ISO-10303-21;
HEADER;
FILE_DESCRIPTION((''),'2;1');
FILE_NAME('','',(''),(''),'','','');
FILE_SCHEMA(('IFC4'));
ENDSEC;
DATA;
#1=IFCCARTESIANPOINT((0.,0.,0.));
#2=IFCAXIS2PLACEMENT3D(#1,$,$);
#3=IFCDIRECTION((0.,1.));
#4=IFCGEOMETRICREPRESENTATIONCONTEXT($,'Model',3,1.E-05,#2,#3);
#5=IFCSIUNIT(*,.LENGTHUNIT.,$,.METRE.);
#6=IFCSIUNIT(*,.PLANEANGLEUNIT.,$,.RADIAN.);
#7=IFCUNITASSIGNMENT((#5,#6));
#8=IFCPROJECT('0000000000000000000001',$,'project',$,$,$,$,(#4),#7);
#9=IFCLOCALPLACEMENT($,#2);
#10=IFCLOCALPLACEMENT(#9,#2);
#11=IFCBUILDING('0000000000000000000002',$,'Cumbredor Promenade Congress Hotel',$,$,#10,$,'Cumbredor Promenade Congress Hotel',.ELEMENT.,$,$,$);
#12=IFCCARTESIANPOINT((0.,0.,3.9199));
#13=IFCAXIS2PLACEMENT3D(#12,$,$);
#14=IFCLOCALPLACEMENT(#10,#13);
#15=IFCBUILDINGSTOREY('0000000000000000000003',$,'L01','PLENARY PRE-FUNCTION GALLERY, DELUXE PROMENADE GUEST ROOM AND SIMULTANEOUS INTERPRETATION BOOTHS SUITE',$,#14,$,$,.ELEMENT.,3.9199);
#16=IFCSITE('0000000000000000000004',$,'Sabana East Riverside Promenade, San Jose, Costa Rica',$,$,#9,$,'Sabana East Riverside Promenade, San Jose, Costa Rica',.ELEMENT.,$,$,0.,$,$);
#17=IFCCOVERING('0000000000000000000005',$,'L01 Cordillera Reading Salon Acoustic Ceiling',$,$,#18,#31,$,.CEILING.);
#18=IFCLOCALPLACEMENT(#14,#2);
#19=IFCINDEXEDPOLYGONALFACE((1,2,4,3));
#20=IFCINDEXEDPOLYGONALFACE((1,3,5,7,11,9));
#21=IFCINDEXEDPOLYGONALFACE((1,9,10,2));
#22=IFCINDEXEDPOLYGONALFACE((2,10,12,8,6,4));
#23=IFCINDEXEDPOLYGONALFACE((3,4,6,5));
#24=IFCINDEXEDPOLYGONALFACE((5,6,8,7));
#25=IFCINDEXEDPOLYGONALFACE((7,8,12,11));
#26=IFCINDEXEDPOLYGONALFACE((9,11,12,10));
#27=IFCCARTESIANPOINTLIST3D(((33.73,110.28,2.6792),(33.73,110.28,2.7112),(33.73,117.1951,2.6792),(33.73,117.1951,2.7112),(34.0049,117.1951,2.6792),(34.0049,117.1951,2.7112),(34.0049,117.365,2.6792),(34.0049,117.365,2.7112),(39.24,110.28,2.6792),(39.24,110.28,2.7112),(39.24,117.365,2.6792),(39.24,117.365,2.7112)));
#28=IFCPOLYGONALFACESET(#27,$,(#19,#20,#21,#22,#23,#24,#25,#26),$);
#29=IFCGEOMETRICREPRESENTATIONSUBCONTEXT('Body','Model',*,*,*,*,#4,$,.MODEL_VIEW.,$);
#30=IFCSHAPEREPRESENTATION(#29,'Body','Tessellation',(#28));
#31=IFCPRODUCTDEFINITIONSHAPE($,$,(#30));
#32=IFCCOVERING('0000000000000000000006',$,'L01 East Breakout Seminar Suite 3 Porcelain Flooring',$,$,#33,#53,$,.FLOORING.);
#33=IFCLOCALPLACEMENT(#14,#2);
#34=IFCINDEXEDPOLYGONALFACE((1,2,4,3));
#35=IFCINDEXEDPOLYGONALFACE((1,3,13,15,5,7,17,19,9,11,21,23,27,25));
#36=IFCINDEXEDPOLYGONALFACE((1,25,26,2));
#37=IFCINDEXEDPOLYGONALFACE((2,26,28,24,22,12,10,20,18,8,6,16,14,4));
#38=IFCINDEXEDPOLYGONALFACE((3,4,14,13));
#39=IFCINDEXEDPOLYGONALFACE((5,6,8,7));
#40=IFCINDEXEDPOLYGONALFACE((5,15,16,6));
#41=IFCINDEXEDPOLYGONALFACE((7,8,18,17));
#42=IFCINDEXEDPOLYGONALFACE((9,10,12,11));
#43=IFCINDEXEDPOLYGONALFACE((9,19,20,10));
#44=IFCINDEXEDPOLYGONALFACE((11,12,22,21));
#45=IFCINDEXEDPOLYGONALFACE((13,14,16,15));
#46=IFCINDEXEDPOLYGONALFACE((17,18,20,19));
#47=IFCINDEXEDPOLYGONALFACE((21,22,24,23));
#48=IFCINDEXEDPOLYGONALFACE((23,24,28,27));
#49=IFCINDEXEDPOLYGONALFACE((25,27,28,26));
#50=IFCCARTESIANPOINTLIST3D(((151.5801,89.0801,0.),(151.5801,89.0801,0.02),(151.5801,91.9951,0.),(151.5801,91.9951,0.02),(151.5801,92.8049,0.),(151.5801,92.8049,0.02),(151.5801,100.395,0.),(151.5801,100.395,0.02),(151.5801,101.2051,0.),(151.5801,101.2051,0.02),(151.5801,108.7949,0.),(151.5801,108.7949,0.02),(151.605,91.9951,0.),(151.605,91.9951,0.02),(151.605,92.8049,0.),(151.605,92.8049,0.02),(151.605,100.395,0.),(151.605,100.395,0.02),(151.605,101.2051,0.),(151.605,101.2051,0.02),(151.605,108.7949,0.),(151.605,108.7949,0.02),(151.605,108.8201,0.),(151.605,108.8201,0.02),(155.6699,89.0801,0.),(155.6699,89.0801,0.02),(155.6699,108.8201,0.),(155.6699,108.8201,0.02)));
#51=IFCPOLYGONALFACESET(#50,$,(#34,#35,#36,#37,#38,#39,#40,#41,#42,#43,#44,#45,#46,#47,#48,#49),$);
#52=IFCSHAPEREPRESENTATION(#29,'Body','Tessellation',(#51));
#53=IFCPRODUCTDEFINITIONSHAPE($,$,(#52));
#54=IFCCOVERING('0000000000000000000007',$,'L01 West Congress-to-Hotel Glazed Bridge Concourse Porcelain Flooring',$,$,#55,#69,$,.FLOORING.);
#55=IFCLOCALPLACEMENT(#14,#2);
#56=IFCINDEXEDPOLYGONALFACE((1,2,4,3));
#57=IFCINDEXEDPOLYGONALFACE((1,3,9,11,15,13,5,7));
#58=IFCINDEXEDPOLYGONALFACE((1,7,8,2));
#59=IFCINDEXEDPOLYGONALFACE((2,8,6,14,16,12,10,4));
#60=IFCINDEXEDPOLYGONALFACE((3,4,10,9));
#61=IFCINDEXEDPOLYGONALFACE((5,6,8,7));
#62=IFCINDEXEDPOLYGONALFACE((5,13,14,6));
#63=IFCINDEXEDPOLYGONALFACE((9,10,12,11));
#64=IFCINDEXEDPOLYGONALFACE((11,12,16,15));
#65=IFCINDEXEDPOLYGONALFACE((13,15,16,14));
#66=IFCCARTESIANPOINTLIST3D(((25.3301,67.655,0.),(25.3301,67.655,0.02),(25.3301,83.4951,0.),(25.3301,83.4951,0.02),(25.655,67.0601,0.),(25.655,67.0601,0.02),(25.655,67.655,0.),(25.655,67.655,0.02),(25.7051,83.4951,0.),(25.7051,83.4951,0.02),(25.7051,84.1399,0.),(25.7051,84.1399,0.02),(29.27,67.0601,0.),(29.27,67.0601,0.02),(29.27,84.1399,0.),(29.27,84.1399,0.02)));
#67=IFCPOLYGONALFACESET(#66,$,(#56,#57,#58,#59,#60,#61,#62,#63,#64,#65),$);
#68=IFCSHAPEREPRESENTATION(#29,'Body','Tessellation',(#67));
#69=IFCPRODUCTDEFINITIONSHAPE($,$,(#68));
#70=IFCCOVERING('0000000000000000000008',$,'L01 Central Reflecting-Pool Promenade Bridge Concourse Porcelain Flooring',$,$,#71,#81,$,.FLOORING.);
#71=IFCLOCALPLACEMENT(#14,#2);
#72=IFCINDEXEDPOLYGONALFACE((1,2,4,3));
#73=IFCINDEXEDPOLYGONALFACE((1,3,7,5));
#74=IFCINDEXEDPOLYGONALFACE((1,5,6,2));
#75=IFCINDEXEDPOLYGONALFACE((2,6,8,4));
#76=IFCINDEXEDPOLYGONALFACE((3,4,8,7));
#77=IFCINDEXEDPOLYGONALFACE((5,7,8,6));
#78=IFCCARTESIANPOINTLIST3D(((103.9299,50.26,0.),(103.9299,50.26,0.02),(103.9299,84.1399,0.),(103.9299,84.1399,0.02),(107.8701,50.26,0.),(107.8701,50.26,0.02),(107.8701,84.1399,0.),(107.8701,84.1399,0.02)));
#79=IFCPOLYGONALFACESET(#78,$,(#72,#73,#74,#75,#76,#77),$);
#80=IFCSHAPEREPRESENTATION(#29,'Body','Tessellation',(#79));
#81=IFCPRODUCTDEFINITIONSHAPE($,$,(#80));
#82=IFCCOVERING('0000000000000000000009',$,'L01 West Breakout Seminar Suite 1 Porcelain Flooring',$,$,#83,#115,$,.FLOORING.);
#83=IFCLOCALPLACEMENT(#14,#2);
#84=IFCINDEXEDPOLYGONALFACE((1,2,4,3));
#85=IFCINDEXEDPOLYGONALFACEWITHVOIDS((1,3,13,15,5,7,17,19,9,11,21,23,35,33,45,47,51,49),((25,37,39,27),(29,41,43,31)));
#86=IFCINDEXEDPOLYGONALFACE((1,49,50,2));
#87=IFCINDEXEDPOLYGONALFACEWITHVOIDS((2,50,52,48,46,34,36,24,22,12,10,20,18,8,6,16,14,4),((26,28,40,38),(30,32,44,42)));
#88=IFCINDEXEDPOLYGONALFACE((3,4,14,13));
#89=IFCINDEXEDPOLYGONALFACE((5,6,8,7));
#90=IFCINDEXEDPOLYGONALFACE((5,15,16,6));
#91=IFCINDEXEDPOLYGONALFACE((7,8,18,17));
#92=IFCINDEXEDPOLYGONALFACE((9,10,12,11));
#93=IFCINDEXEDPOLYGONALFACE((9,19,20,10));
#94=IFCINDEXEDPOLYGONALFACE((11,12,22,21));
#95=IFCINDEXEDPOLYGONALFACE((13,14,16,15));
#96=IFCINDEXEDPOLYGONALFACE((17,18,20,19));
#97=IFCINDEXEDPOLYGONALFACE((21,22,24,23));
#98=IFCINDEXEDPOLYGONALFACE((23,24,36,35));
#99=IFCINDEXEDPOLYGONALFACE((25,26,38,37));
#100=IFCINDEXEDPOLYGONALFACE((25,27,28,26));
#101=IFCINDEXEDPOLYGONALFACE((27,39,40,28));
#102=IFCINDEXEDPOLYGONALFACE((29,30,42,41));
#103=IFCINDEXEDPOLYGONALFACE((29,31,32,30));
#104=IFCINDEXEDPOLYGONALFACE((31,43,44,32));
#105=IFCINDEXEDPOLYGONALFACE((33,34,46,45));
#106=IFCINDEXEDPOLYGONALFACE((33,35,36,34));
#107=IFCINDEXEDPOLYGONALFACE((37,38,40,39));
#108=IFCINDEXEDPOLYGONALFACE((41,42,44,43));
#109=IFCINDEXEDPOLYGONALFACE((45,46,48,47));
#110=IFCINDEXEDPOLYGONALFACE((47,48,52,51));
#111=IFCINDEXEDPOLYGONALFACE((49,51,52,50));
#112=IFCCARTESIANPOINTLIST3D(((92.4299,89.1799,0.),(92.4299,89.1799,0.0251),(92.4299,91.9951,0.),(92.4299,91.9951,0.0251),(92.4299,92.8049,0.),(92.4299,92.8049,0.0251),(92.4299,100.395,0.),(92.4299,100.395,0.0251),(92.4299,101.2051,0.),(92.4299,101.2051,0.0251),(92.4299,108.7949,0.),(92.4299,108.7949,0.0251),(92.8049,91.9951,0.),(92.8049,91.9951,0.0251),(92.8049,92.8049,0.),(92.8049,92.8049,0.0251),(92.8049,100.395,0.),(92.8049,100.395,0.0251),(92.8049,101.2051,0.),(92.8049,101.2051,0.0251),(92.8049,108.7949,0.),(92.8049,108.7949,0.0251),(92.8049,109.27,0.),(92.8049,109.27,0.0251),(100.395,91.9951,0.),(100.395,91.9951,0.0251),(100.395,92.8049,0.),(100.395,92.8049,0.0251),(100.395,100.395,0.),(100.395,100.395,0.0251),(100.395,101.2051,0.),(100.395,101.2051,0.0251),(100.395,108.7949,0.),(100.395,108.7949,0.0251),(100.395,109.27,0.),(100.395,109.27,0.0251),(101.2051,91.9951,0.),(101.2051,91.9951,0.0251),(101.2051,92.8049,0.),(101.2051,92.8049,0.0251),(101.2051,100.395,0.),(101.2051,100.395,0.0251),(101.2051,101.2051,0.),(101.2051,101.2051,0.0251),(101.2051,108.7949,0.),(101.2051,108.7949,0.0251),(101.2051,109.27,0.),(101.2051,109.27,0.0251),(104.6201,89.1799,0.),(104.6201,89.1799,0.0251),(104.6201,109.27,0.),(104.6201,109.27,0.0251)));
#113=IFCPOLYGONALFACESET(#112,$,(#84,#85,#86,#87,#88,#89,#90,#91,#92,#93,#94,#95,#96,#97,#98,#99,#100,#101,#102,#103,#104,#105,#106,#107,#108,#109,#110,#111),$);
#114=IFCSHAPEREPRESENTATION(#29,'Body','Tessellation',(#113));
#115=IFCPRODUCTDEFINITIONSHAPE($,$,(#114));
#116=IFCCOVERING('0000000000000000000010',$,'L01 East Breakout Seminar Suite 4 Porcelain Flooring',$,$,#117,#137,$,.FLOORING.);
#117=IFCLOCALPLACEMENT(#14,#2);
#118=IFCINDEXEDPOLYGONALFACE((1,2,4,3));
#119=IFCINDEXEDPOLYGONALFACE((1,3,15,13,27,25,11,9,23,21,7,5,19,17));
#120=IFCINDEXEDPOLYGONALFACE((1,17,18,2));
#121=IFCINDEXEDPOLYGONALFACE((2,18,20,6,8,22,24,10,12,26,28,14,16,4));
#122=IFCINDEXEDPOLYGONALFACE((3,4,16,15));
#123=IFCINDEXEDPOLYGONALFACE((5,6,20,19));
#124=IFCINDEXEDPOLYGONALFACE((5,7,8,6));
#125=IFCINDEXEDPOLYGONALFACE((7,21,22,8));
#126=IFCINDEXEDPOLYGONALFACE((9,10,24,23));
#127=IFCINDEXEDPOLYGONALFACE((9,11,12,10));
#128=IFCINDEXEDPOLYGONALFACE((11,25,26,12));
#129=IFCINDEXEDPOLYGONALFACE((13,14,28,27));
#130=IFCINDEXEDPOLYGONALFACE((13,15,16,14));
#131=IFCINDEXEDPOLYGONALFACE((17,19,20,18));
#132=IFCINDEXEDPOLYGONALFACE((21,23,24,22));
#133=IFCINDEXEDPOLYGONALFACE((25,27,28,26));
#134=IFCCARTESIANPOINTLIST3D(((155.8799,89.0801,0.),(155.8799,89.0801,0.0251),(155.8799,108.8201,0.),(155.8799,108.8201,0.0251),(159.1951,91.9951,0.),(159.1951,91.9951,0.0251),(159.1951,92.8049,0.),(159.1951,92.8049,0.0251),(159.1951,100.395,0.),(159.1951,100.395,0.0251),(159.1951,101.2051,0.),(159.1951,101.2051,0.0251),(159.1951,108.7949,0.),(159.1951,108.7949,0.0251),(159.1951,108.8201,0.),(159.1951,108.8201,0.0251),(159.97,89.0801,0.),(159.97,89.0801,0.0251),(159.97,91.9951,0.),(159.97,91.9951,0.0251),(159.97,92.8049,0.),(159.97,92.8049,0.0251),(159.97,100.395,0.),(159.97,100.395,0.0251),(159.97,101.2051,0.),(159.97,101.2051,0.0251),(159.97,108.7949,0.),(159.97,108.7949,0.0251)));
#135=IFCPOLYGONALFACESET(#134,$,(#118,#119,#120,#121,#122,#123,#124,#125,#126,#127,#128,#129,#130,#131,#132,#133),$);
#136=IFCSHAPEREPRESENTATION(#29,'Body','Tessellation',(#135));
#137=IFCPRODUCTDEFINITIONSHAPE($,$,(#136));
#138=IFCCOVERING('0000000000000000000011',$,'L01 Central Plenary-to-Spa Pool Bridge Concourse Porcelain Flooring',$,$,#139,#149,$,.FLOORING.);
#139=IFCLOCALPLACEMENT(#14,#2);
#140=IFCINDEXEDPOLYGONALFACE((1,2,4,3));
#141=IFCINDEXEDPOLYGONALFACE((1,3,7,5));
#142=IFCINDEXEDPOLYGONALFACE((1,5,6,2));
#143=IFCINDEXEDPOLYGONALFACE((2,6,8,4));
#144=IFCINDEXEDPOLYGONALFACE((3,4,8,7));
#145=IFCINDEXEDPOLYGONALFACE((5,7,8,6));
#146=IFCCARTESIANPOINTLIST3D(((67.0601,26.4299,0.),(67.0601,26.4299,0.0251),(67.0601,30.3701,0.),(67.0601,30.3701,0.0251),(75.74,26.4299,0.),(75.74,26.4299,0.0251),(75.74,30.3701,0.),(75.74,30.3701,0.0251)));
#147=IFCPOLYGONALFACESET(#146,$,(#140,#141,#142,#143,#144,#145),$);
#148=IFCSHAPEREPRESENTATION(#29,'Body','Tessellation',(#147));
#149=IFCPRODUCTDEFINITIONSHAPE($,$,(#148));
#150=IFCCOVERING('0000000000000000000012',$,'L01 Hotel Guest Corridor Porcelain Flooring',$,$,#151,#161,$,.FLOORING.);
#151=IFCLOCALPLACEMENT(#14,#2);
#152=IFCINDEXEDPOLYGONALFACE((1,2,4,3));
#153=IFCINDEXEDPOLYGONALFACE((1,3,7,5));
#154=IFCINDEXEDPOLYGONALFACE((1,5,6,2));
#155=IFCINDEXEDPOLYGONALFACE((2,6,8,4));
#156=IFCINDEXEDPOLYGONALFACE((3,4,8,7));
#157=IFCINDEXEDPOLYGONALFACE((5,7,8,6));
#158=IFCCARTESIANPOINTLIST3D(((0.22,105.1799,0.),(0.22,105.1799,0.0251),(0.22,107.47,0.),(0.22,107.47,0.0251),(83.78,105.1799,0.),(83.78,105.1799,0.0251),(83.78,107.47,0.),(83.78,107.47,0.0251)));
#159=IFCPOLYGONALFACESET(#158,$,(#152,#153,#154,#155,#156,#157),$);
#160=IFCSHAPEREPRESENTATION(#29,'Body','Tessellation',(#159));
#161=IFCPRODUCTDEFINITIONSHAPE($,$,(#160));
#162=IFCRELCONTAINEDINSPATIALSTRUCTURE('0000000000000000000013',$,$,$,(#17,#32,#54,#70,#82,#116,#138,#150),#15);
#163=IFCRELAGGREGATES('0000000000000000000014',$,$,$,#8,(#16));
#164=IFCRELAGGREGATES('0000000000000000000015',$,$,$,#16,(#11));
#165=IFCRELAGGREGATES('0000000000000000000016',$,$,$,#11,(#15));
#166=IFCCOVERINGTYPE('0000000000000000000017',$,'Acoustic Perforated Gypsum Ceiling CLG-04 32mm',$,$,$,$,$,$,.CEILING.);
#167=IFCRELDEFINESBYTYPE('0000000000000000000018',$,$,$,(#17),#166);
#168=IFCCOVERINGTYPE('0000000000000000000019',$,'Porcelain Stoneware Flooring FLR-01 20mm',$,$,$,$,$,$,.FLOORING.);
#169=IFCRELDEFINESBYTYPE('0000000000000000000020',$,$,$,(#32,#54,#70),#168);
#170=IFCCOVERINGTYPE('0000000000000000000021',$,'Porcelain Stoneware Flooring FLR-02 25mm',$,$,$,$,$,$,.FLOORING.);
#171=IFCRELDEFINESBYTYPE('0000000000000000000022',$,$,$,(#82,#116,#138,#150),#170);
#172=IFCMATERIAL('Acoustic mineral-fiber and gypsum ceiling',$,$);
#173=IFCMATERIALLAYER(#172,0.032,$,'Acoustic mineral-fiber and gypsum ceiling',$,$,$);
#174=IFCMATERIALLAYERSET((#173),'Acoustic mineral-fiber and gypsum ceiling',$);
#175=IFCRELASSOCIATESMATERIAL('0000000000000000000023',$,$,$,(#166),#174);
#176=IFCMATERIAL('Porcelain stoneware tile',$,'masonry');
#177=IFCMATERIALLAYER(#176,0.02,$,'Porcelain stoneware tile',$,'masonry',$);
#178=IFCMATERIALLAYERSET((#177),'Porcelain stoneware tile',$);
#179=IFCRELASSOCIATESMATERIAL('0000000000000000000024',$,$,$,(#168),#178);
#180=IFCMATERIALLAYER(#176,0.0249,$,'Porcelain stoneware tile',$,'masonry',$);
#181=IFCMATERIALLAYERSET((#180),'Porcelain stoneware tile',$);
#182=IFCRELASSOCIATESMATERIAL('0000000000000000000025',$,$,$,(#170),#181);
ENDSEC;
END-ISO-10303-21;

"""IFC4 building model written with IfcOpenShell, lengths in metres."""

from ifc_helpers import new_model, si_unit, direction, frame, origin, place, context, subcontext, project, spatial, polyline, outline, extrude, material, layer, layer_set, type_object, element, save


model = new_model("IFC4")

# Units and contexts
model_context = context("Model", 3, precision=1e-05, world=origin(), true_north=direction((0.0, 1.0)))
body_context = subcontext(model_context, "Body", "Model", "MODEL_VIEW")
ifc_project = project(units=[si_unit("LENGTHUNIT", "METRE"), si_unit("PLANEANGLEUNIT", "RADIAN")], contexts=[model_context])

# Site, building, storey
site_placement = place(None, origin())
site = spatial("IfcSite", under=ifc_project, at=site_placement, Name="Sabana East Riverside Promenade, San Jose, Costa Rica", LongName="Sabana East Riverside Promenade, San Jose, Costa Rica", CompositionType="ELEMENT", RefElevation=0.0)
building_placement = place(site_placement, origin())
building = spatial("IfcBuilding", under=site, at=building_placement, Name="Cumbredor Promenade Congress Hotel", LongName="Cumbredor Promenade Congress Hotel", CompositionType="ELEMENT")
storey_placement = place(building_placement, frame((0.0, 0.0, 3.9199)))
storey = spatial("IfcBuildingStorey", under=building, at=storey_placement, Name="L01", Description="PLENARY PRE-FUNCTION GALLERY, DELUXE PROMENADE GUEST ROOM AND SIMULTANEOUS INTERPRETATION BOOTHS SUITE", CompositionType="ELEMENT", Elevation=3.9199)

# Coverings
ifc_material_1 = material(Name="Acoustic mineral-fiber and gypsum ceiling")
ifc_layer_1 = layer(ifc_material_1, 0.032, Name="Acoustic mineral-fiber and gypsum ceiling")
ifc_layer_set_1 = layer_set([ifc_layer_1], Name="Acoustic mineral-fiber and gypsum ceiling")
covering_type_1 = type_object("IfcCoveringType", Name="Acoustic Perforated Gypsum Ceiling CLG-04 32mm", PredefinedType="CEILING", material=ifc_layer_set_1)
covering_1_placement = place(storey_placement, frame((0.0, 0.0, 2.6792)))
element("IfcCovering", 1, at=covering_1_placement, inside=storey, type_object=covering_type_1, Name="L01 Cordillera Reading Salon Acoustic Ceiling", PredefinedType="CEILING", context=body_context, shape_type="SweptSolid", body=[
    extrude(outline(polyline([(33.73, 117.1951), (34.0049, 117.1951), (34.0049, 117.365), (39.24, 117.365), (39.24, 110.28), (33.73, 110.28), (33.73, 117.1951)])), origin(), (0.0, 0.0, 1.0), 0.032),
])
ifc_material_2 = material(Name="Porcelain stoneware tile", Category="masonry")
ifc_layer_2 = layer(ifc_material_2, 0.02, Name="Porcelain stoneware tile", Category="masonry")
ifc_layer_set_2 = layer_set([ifc_layer_2], Name="Porcelain stoneware tile")
covering_type_2 = type_object("IfcCoveringType", Name="Porcelain Stoneware Flooring FLR-01 20mm", PredefinedType="FLOORING", material=ifc_layer_set_2)
covering_2_placement = place(storey_placement, origin())
element("IfcCovering", 2, at=covering_2_placement, inside=storey, type_object=covering_type_2, Name="L01 East Breakout Seminar Suite 3 Porcelain Flooring", PredefinedType="FLOORING", context=body_context, shape_type="SweptSolid", body=[
    extrude(outline(polyline([(151.605, 92.8049), (151.5801, 92.8049), (151.5801, 100.395), (151.605, 100.395), (151.605, 101.2051), (151.5801, 101.2051), (151.5801, 108.7949), (151.605, 108.7949), (151.605, 108.8201), (155.6699, 108.8201), (155.6699, 89.0801), (151.5801, 89.0801), (151.5801, 91.9951), (151.605, 91.9951), (151.605, 92.8049)])), origin(), (0.0, 0.0, 1.0), 0.02),
])
covering_3_placement = place(storey_placement, origin())
element("IfcCovering", 3, at=covering_3_placement, inside=storey, type_object=covering_type_2, Name="L01 West Congress-to-Hotel Glazed Bridge Concourse Porcelain Flooring", PredefinedType="FLOORING", context=body_context, shape_type="SweptSolid", body=[
    extrude(outline(polyline([(29.27, 84.1399), (29.27, 67.0601), (25.655, 67.0601), (25.655, 67.655), (25.3301, 67.655), (25.3301, 83.4951), (25.7051, 83.4951), (25.7051, 84.1399), (29.27, 84.1399)])), origin(), (0.0, 0.0, 1.0), 0.02),
])
covering_4_placement = place(storey_placement, origin())
element("IfcCovering", 4, at=covering_4_placement, inside=storey, type_object=covering_type_2, Name="L01 Central Reflecting-Pool Promenade Bridge Concourse Porcelain Flooring", PredefinedType="FLOORING", context=body_context, shape_type="SweptSolid", body=[
    extrude(outline(polyline([(103.9299, 50.26), (103.9299, 84.1399), (107.8701, 84.1399), (107.8701, 50.26), (103.9299, 50.26)])), origin(), (0.0, 0.0, 1.0), 0.02),
])
ifc_layer_3 = layer(ifc_material_2, 0.0249, Name="Porcelain stoneware tile", Category="masonry")
ifc_layer_set_3 = layer_set([ifc_layer_3], Name="Porcelain stoneware tile")
covering_type_3 = type_object("IfcCoveringType", Name="Porcelain Stoneware Flooring FLR-02 25mm", PredefinedType="FLOORING", material=ifc_layer_set_3)
covering_5_placement = place(storey_placement, origin())
element("IfcCovering", 5, at=covering_5_placement, inside=storey, type_object=covering_type_3, Name="L01 West Breakout Seminar Suite 1 Porcelain Flooring", PredefinedType="FLOORING", context=body_context, shape_type="SweptSolid", body=[
    extrude(outline(polyline([(92.8049, 100.395), (92.8049, 101.2051), (92.4299, 101.2051), (92.4299, 108.7949), (92.8049, 108.7949), (92.8049, 109.27), (100.395, 109.27), (100.395, 108.7949), (101.2051, 108.7949), (101.2051, 109.27), (104.6201, 109.27), (104.6201, 89.1799), (92.4299, 89.1799), (92.4299, 91.9951), (92.8049, 91.9951), (92.8049, 92.8049), (92.4299, 92.8049), (92.4299, 100.395), (92.8049, 100.395)]), holes=[polyline([(100.395, 91.9951), (101.2051, 91.9951), (101.2051, 92.8049), (100.395, 92.8049), (100.395, 91.9951)]), polyline([(100.395, 101.2051), (100.395, 100.395), (101.2051, 100.395), (101.2051, 101.2051), (100.395, 101.2051)])]), origin(), (0.0, 0.0, 1.0), 0.0251),
])
covering_6_placement = place(storey_placement, origin())
element("IfcCovering", 6, at=covering_6_placement, inside=storey, type_object=covering_type_3, Name="L01 East Breakout Seminar Suite 4 Porcelain Flooring", PredefinedType="FLOORING", context=body_context, shape_type="SweptSolid", body=[
    extrude(outline(polyline([(159.97, 101.2051), (159.1951, 101.2051), (159.1951, 100.395), (159.97, 100.395), (159.97, 92.8049), (159.1951, 92.8049), (159.1951, 91.9951), (159.97, 91.9951), (159.97, 89.0801), (155.8799, 89.0801), (155.8799, 108.8201), (159.1951, 108.8201), (159.1951, 108.7949), (159.97, 108.7949), (159.97, 101.2051)])), origin(), (0.0, 0.0, 1.0), 0.0251),
])
covering_7_placement = place(storey_placement, origin())
element("IfcCovering", 7, at=covering_7_placement, inside=storey, type_object=covering_type_3, Name="L01 Central Plenary-to-Spa Pool Bridge Concourse Porcelain Flooring", PredefinedType="FLOORING", context=body_context, shape_type="SweptSolid", body=[
    extrude(outline(polyline([(67.0601, 26.4299), (67.0601, 30.3701), (75.74, 30.3701), (75.74, 26.4299), (67.0601, 26.4299)])), origin(), (0.0, 0.0, 1.0), 0.0251),
])
covering_8_placement = place(storey_placement, origin())
element("IfcCovering", 8, at=covering_8_placement, inside=storey, type_object=covering_type_3, Name="L01 Hotel Guest Corridor Porcelain Flooring", PredefinedType="FLOORING", context=body_context, shape_type="SweptSolid", body=[
    extrude(outline(polyline([(0.22, 105.1799), (0.22, 107.47), (83.78, 107.47), (83.78, 105.1799), (0.22, 105.1799)])), origin(), (0.0, 0.0, 1.0), 0.0251),
])

save(model, "model.ifc")
